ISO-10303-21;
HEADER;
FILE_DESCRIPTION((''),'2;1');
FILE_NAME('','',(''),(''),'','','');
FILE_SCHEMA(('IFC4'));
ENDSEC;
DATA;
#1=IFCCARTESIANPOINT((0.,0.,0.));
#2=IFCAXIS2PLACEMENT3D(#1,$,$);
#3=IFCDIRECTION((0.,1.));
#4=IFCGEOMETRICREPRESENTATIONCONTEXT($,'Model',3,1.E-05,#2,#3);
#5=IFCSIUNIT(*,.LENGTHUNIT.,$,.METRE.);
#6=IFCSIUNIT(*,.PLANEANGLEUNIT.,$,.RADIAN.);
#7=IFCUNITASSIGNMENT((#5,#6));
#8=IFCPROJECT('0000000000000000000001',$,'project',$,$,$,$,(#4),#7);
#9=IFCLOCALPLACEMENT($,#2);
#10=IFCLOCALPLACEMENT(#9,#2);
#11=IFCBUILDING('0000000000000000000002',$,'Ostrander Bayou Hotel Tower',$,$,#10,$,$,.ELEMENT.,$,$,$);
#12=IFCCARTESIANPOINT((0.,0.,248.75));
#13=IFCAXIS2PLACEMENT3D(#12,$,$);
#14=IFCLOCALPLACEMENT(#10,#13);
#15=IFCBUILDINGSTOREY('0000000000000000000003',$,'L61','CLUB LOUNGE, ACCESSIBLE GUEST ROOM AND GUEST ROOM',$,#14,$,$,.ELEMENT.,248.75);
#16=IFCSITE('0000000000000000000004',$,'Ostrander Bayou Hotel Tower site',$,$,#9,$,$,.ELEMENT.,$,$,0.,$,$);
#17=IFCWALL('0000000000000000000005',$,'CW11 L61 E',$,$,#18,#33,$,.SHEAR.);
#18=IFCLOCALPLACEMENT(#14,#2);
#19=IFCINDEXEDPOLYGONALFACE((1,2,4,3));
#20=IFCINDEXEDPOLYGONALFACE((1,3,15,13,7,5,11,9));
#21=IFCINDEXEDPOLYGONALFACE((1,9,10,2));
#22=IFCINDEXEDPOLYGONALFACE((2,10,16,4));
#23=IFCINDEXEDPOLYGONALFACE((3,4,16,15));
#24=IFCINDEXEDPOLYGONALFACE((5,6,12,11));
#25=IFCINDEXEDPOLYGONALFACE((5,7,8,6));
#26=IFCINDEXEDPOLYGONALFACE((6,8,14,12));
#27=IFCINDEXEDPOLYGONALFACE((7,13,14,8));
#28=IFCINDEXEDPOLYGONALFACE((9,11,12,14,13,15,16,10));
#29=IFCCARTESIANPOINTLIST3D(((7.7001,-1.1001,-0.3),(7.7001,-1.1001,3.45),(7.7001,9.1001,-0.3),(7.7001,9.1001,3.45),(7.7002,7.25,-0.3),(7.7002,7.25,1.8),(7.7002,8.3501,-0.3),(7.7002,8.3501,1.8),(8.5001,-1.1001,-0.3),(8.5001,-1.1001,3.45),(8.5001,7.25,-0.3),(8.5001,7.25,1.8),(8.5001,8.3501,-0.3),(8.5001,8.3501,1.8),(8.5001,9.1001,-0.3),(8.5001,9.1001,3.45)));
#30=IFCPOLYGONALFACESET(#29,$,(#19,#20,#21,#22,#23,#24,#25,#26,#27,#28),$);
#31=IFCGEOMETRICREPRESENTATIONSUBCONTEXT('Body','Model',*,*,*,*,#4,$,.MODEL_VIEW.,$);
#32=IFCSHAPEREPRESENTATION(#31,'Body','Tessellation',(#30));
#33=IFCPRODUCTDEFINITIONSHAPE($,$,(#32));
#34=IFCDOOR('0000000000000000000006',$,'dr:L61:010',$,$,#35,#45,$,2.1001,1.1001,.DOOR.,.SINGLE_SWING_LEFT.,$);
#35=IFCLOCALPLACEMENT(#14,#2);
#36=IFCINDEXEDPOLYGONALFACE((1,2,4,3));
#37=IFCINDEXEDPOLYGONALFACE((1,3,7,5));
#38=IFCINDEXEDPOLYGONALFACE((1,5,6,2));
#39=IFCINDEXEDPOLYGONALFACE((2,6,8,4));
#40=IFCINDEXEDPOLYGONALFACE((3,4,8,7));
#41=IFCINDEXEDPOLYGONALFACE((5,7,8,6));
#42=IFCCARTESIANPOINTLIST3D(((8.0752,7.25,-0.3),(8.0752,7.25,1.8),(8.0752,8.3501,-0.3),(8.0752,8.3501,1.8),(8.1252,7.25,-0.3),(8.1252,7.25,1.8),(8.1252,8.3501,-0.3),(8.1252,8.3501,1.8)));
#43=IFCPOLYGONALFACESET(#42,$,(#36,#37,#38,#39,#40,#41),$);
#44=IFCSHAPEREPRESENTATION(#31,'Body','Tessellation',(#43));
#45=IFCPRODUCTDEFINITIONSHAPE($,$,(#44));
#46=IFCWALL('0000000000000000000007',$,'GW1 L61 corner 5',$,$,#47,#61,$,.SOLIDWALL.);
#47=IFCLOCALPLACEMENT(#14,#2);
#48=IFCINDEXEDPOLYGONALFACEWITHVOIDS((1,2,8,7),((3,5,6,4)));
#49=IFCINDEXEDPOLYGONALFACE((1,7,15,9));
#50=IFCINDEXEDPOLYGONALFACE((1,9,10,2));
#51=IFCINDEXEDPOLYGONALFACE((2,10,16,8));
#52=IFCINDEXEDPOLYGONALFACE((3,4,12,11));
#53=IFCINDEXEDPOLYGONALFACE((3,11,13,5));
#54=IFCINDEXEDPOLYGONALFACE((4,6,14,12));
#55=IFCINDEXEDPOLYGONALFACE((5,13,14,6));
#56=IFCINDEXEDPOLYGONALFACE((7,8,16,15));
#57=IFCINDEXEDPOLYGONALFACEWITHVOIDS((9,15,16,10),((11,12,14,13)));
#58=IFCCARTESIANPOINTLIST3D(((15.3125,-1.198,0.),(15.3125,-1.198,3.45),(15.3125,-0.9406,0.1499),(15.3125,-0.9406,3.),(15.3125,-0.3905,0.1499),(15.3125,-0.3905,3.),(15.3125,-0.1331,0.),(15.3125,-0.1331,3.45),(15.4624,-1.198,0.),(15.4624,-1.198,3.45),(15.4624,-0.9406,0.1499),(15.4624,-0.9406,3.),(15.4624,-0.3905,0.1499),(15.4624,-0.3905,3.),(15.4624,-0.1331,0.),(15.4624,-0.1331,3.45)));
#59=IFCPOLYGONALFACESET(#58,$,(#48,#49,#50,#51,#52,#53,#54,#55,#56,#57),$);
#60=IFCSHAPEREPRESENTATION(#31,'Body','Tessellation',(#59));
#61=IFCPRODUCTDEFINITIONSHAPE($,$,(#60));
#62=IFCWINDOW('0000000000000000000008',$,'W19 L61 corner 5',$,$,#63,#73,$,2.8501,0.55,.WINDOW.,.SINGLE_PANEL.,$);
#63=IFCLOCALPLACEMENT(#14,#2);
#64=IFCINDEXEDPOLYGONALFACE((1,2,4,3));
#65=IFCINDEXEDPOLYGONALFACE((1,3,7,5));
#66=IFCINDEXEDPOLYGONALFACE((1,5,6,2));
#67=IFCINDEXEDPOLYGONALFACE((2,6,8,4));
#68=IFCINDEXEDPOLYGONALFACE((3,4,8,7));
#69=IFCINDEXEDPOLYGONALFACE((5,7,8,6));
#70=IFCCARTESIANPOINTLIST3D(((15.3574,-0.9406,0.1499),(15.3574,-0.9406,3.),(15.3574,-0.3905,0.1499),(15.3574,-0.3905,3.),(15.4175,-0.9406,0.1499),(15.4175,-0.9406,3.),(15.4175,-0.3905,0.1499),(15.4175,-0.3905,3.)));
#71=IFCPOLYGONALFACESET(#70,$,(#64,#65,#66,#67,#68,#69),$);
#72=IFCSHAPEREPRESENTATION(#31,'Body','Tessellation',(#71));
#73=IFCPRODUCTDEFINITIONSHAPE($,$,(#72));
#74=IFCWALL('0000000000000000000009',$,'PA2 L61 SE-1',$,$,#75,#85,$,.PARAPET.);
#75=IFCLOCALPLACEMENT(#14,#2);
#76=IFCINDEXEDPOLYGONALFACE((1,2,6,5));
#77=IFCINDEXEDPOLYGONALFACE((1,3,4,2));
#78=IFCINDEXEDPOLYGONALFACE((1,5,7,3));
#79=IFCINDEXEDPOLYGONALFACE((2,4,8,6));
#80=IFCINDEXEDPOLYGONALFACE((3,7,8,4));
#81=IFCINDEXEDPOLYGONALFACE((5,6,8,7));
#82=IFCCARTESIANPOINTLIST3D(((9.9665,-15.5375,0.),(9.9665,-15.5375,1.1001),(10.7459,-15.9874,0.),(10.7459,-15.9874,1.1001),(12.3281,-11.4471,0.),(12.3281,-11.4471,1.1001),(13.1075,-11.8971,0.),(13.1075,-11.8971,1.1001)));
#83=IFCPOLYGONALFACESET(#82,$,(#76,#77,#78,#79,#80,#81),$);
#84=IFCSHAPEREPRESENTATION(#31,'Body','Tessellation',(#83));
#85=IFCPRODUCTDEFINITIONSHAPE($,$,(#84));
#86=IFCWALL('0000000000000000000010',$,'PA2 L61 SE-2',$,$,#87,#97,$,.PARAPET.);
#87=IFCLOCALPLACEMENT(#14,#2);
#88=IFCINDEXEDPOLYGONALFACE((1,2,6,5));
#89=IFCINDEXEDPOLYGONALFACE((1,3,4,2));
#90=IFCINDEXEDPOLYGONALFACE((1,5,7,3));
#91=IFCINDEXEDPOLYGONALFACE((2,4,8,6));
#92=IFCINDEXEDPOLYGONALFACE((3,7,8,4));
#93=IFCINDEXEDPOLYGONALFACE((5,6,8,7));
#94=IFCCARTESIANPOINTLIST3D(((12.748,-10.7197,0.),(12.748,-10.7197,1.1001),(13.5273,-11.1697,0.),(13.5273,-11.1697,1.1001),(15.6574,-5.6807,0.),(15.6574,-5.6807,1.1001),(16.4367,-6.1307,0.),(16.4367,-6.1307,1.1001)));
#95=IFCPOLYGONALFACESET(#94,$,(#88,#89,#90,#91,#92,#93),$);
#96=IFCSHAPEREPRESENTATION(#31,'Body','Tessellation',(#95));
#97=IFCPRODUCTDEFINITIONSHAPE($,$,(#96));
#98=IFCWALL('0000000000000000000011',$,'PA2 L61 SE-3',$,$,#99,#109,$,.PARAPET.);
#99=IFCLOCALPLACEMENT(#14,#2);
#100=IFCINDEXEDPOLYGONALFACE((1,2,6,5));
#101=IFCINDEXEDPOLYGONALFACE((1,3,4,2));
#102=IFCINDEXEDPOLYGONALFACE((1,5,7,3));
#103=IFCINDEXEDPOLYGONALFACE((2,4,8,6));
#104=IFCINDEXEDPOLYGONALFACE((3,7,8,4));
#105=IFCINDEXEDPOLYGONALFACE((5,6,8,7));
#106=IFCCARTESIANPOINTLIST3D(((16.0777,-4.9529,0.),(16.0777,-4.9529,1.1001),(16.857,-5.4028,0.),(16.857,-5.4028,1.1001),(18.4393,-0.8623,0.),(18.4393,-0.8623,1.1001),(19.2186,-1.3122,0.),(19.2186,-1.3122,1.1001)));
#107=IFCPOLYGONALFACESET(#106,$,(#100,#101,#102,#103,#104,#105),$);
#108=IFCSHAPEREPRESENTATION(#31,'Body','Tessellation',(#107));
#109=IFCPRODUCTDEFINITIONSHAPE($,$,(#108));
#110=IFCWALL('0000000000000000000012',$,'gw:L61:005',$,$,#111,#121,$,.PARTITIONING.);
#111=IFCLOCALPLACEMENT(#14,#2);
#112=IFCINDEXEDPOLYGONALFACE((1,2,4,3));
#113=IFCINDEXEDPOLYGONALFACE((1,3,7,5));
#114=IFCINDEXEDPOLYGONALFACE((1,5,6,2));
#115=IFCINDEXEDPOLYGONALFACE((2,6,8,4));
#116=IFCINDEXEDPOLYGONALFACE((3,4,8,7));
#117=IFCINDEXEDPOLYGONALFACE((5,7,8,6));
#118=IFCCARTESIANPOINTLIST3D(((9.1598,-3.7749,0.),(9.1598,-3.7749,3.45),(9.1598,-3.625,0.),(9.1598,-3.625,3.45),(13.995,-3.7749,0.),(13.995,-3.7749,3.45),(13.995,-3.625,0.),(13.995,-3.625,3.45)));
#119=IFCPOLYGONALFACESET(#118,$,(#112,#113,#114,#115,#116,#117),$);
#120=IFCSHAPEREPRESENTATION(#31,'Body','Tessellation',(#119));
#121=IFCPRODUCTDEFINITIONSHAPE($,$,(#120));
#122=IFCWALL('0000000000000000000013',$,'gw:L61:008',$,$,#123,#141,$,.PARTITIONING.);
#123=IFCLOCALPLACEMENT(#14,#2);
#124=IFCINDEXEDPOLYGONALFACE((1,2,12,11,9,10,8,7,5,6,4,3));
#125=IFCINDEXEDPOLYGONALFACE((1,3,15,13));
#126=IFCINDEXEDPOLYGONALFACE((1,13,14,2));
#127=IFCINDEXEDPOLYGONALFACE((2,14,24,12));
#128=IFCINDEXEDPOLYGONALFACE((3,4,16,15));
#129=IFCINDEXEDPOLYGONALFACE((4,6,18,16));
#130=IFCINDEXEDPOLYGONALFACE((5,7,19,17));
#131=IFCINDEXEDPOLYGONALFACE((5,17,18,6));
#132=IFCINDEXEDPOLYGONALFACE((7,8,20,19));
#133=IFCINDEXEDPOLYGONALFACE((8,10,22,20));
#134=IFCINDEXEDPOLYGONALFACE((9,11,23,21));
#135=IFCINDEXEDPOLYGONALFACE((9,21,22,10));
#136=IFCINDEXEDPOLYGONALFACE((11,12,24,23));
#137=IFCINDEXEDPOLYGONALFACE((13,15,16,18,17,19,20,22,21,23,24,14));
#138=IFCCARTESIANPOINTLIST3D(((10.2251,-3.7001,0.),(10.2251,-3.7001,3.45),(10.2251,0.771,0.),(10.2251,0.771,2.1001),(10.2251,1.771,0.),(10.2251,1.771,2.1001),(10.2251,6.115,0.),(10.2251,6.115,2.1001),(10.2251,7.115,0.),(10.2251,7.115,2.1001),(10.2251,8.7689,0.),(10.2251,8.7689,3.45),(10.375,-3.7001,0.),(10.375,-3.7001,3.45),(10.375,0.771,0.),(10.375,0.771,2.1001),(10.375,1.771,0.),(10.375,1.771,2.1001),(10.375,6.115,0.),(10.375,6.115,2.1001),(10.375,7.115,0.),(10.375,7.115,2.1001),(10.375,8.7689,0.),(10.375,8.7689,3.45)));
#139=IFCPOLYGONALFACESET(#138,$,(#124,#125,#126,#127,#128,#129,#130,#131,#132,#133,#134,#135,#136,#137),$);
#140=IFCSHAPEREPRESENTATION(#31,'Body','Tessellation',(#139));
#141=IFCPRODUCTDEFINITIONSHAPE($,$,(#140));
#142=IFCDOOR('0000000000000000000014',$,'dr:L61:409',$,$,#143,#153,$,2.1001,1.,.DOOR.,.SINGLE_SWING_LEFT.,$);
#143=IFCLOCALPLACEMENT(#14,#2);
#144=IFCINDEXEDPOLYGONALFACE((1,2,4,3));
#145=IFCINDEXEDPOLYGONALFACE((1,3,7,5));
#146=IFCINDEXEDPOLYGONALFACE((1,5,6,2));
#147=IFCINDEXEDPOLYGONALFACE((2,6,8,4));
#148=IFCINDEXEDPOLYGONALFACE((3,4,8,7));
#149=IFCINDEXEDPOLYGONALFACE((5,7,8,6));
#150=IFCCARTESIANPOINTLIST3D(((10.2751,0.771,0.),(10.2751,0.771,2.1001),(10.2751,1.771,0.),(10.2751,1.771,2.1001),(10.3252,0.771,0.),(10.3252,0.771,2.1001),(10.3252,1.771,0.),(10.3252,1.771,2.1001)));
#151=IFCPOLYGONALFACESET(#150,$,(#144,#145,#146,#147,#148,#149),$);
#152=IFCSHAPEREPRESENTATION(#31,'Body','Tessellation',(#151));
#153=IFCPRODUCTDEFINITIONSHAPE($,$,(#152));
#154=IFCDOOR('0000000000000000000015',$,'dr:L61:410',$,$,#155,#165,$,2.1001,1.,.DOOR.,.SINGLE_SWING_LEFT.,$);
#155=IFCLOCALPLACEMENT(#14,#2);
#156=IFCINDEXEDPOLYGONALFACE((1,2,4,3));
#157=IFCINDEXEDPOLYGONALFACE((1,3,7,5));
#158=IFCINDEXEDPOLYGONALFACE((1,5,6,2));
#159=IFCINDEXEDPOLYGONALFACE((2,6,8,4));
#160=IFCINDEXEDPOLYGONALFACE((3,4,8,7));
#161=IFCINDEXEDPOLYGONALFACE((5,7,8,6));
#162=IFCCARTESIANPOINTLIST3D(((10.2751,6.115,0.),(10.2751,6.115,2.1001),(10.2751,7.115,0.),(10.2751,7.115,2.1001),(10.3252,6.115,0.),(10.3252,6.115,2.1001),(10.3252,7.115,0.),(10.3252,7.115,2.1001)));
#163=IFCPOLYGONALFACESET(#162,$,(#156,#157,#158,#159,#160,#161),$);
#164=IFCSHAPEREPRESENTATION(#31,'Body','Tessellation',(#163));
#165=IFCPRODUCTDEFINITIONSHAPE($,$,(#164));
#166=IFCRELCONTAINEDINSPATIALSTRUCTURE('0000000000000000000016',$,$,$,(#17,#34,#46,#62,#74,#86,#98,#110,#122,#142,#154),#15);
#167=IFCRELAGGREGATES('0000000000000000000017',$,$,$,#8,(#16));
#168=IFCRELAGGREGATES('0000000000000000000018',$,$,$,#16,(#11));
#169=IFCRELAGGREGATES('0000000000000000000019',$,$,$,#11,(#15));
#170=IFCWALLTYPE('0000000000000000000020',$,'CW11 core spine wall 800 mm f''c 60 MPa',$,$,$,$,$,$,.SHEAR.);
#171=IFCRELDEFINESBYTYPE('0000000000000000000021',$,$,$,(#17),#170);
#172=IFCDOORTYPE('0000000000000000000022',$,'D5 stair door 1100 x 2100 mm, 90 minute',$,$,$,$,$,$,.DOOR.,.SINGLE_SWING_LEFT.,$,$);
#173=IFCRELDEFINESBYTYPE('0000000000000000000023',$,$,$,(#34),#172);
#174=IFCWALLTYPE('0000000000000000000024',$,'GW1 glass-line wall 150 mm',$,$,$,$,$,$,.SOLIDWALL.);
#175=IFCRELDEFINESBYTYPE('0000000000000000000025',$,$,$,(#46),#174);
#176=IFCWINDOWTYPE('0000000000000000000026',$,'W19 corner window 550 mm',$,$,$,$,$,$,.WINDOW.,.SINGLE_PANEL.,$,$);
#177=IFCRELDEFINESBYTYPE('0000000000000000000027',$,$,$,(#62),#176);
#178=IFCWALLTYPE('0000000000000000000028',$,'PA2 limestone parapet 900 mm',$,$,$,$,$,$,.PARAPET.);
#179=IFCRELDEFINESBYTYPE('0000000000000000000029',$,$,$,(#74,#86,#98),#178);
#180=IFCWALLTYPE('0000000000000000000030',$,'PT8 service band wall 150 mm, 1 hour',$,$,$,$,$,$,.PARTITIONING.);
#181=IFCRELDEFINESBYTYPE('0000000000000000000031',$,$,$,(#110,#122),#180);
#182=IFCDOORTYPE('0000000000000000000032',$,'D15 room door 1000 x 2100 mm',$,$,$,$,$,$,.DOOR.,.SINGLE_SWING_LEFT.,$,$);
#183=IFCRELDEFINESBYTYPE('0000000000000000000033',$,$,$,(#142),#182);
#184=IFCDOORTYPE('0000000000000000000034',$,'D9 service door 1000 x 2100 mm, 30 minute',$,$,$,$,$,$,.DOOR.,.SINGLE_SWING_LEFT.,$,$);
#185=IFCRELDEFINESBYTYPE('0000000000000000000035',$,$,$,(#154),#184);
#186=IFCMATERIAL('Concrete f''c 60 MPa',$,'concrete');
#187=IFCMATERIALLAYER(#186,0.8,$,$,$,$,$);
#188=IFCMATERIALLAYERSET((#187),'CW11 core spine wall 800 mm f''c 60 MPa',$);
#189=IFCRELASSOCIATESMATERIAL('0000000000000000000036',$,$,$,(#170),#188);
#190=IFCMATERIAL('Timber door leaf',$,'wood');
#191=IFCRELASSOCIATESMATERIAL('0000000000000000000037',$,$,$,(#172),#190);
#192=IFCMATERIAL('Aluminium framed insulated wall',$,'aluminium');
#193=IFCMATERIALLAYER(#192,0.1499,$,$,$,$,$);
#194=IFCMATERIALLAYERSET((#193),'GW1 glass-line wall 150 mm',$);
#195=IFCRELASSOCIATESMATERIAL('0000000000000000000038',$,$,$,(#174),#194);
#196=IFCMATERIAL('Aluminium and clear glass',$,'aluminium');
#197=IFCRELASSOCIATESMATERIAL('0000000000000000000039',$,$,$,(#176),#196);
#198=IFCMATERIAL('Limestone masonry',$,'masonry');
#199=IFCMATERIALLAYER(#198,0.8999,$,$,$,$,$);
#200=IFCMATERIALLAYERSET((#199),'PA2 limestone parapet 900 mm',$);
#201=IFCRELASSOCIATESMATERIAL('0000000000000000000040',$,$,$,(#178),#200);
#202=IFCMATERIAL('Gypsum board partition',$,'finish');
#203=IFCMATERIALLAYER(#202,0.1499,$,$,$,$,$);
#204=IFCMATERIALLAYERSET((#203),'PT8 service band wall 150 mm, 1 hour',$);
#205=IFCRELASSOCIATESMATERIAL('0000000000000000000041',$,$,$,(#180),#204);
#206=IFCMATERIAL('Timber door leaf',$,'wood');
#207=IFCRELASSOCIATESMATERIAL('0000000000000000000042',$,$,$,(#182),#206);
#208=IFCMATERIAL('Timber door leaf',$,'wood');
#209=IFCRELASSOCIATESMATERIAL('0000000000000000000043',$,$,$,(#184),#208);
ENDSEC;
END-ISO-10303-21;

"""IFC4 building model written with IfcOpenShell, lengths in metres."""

from ifc_helpers import new_model, si_unit, direction, frame, frame_2d, origin, place, context, subcontext, project, spatial, rectangle, extrude, material, layer, layer_set, type_object, element, fill, save


model = new_model("IFC4")

# Units and contexts
model_context = context("Model", 3, precision=1e-05, world=origin(), true_north=direction((0.0, 1.0)))
body_context = subcontext(model_context, "Body", "Model", "MODEL_VIEW")
ifc_project = project(units=[si_unit("LENGTHUNIT", "METRE"), si_unit("PLANEANGLEUNIT", "RADIAN")], contexts=[model_context])

# Site, building, storey
site_placement = place(None, origin())
site = spatial("IfcSite", under=ifc_project, at=site_placement, Name="Ostrander Bayou Hotel Tower site", CompositionType="ELEMENT", RefElevation=0.0)
building_placement = place(site_placement, origin())
building = spatial("IfcBuilding", under=site, at=building_placement, Name="Ostrander Bayou Hotel Tower", CompositionType="ELEMENT")
storey_placement = place(building_placement, frame((0.0, 0.0, 248.75)))
storey = spatial("IfcBuildingStorey", under=building, at=storey_placement, Name="L61", Description="CLUB LOUNGE, ACCESSIBLE GUEST ROOM AND GUEST ROOM", CompositionType="ELEMENT", Elevation=248.75)

# Wall, opening, door
ifc_material_1 = material(Name="Concrete f'c 60 MPa", Category="concrete")
ifc_layer_1 = layer(ifc_material_1, 0.8)
ifc_layer_set_1 = layer_set([ifc_layer_1], Name="CW11 core spine wall 800 mm f'c 60 MPa")
wall_type_1 = type_object("IfcWallType", Name="CW11 core spine wall 800 mm f'c 60 MPa", PredefinedType="SHEAR", material=ifc_layer_set_1)
wall_1_placement = place(storey_placement, frame((8.1001, -1.1001, -0.3), z_axis=(0.0, 0.0, 1.0), x_axis=(0.0, 1.0, 0.0)))
wall_1 = element("IfcWall", 1, at=wall_1_placement, inside=storey, type_object=wall_type_1, Name="CW11 L61 E", PredefinedType="SHEAR", context=body_context, shape_type="SweptSolid", body=[
    extrude(rectangle(XDim=10.2002, YDim=0.8, at=frame_2d((5.1001, 0.0))), origin(), (0.0, 0.0, 1.0), 3.75),
])
opening_1_placement = place(wall_1_placement, frame((8.3501, 0.0, 0.0)))
opening_1 = element("IfcOpeningElement", 2, at=opening_1_placement, cuts=wall_1, PredefinedType="OPENING", context=body_context, shape_type="SweptSolid", body=[
    extrude(rectangle(XDim=1.1001, YDim=2.1001, at=frame_2d((0.55, 1.05))), frame((0.0, 0.3999, 0.0), z_axis=(0.0, -1.0, 0.0), x_axis=(1.0, 0.0, 0.0)), (0.0, 0.0, 1.0), 0.8),
])
ifc_material_2 = material(Name="Timber door leaf", Category="wood")
door_type_1 = type_object("IfcDoorType", Name="D5 stair door 1100 x 2100 mm, 90 minute", OperationType="SINGLE_SWING_LEFT", PredefinedType="DOOR", material=ifc_material_2)
door_1_placement = place(opening_1_placement, origin())
door_1 = element("IfcDoor", 3, at=door_1_placement, inside=storey, type_object=door_type_1, Name="dr:L61:010", OperationType="SINGLE_SWING_LEFT", OverallHeight=2.1001, OverallWidth=1.1001, PredefinedType="DOOR", context=body_context, shape_type="SweptSolid", body=[
    extrude(rectangle(XDim=1.1001, YDim=2.1001, at=frame_2d((0.55, 1.05))), frame((0.0, 0.0249, 0.0), z_axis=(0.0, -1.0, 0.0), x_axis=(1.0, 0.0, 0.0)), (0.0, 0.0, 1.0), 0.05),
])
fill(opening_1, door_1)

# Shared definitions
ifc_material_3 = material(Name="Aluminium framed insulated wall", Category="aluminium")
ifc_layer_2 = layer(ifc_material_3, 0.1499)
ifc_layer_set_2 = layer_set([ifc_layer_2], Name="GW1 glass-line wall 150 mm")
wall_type_2 = type_object("IfcWallType", Name="GW1 glass-line wall 150 mm", PredefinedType="SOLIDWALL", material=ifc_layer_set_2)

# Wall, opening, window
wall_2_placement = place(storey_placement, frame((15.3875, -1.198, 0.0), z_axis=(0.0, 0.0, 1.0), x_axis=(0.0, 1.0, 0.0)))
wall_2 = element("IfcWall", 4, at=wall_2_placement, inside=storey, type_object=wall_type_2, Name="GW1 L61 corner 5", PredefinedType="SOLIDWALL", context=body_context, shape_type="SweptSolid", body=[
    extrude(rectangle(XDim=1.0649, YDim=0.1499, at=frame_2d((0.5325, 0.0))), origin(), (0.0, 0.0, 1.0), 3.45),
])
opening_2_placement = place(wall_2_placement, frame((0.2576, 0.0, 0.1499)))
opening_2 = element("IfcOpeningElement", 5, at=opening_2_placement, cuts=wall_2, PredefinedType="OPENING", context=body_context, shape_type="SweptSolid", body=[
    extrude(rectangle(XDim=0.55, YDim=2.8501, at=frame_2d((0.2749, 1.425))), frame((0.0, 0.075, 0.0), z_axis=(0.0, -1.0, 0.0), x_axis=(1.0, 0.0, 0.0)), (0.0, 0.0, 1.0), 0.1499),
])
ifc_material_4 = material(Name="Aluminium and clear glass", Category="aluminium")
window_type_1 = type_object("IfcWindowType", Name="W19 corner window 550 mm", PartitioningType="SINGLE_PANEL", PredefinedType="WINDOW", material=ifc_material_4)
window_1_placement = place(opening_2_placement, origin())
window_1 = element("IfcWindow", 6, at=window_1_placement, inside=storey, type_object=window_type_1, Name="W19 L61 corner 5", OverallHeight=2.8501, OverallWidth=0.55, PartitioningType="SINGLE_PANEL", PredefinedType="WINDOW", context=body_context, shape_type="SweptSolid", body=[
    extrude(rectangle(XDim=0.55, YDim=2.8501, at=frame_2d((0.2749, 1.425))), frame((0.0, 0.03, 0.0), z_axis=(0.0, -1.0, 0.0), x_axis=(1.0, 0.0, 0.0)), (0.0, 0.0, 1.0), 0.0601),
])
fill(opening_2, window_1)

# Walls
ifc_material_5 = material(Name="Limestone masonry", Category="masonry")
ifc_layer_3 = layer(ifc_material_5, 0.8999)
ifc_layer_set_3 = layer_set([ifc_layer_3], Name="PA2 limestone parapet 900 mm")
wall_type_3 = type_object("IfcWallType", Name="PA2 limestone parapet 900 mm", PredefinedType="PARAPET", material=ifc_layer_set_3)
wall_3_placement = place(storey_placement, frame((10.3562, -15.7625, 0.0), z_axis=(0.0, 0.0, 1.0), x_axis=(0.500003, 0.866024, 0.0)))
element("IfcWall", 7, at=wall_3_placement, inside=storey, type_object=wall_type_3, Name="PA2 L61 SE-1", PredefinedType="PARAPET", context=body_context, shape_type="SweptSolid", body=[
    extrude(rectangle(XDim=4.7231, YDim=0.8999, at=frame_2d((2.3616, 0.0))), origin(), (0.0, 0.0, 1.0), 1.1001),
])
wall_4_placement = place(storey_placement, frame((13.1377, -10.9446, 0.0), z_axis=(0.0, 0.0, 1.0), x_axis=(0.500015, 0.866016, 0.0)))
element("IfcWall", 8, at=wall_4_placement, inside=storey, type_object=wall_type_3, Name="PA2 L61 SE-2", PredefinedType="PARAPET", context=body_context, shape_type="SweptSolid", body=[
    extrude(rectangle(XDim=5.8186, YDim=0.8999, at=frame_2d((2.9092, 0.0))), origin(), (0.0, 0.0, 1.0), 1.1001),
])
wall_5_placement = place(storey_placement, frame((16.4673, -5.178, 0.0), z_axis=(0.0, 0.0, 1.0), x_axis=(0.49998, 0.866037, 0.0)))
element("IfcWall", 9, at=wall_5_placement, inside=storey, type_object=wall_type_3, Name="PA2 L61 SE-3", PredefinedType="PARAPET", context=body_context, shape_type="SweptSolid", body=[
    extrude(rectangle(XDim=4.7234, YDim=0.8999, at=frame_2d((2.3618, 0.0))), origin(), (0.0, 0.0, 1.0), 1.1001),
])
ifc_material_6 = material(Name="Gypsum board partition", Category="finish")
ifc_layer_4 = layer(ifc_material_6, 0.1499)
ifc_layer_set_4 = layer_set([ifc_layer_4], Name="PT8 service band wall 150 mm, 1 hour")
wall_type_4 = type_object("IfcWallType", Name="PT8 service band wall 150 mm, 1 hour", PredefinedType="PARTITIONING", material=ifc_layer_set_4)
wall_6_placement = place(storey_placement, frame((9.1599, -3.7, 0.0), z_axis=(0.0, 0.0, 1.0), x_axis=(1.0, 0.0, 0.0)))
element("IfcWall", 10, at=wall_6_placement, inside=storey, type_object=wall_type_4, Name="gw:L61:005", PredefinedType="PARTITIONING", context=body_context, shape_type="SweptSolid", body=[
    extrude(rectangle(XDim=4.8352, YDim=0.1499, at=frame_2d((2.4175, 0.0))), origin(), (0.0, 0.0, 1.0), 3.45),
])

# Wall, openings, doors
wall_7_placement = place(storey_placement, frame((10.3, -3.7, 0.0), z_axis=(0.0, 0.0, 1.0), x_axis=(0.0, 1.0, 0.0)))
wall_7 = element("IfcWall", 11, at=wall_7_placement, inside=storey, type_object=wall_type_4, Name="gw:L61:008", PredefinedType="PARTITIONING", context=body_context, shape_type="SweptSolid", body=[
    extrude(rectangle(XDim=12.469, YDim=0.1499, at=frame_2d((6.2344, 0.0))), origin(), (0.0, 0.0, 1.0), 3.45),
])
opening_3_placement = place(wall_7_placement, frame((4.4709, 0.0, 0.0)))
opening_3 = element("IfcOpeningElement", 12, at=opening_3_placement, cuts=wall_7, PredefinedType="OPENING", context=body_context, shape_type="SweptSolid", body=[
    extrude(rectangle(XDim=1.0, YDim=2.1001, at=frame_2d((0.5, 1.05))), frame((0.0, 0.075, 0.0), z_axis=(0.0, -1.0, 0.0), x_axis=(1.0, 0.0, 0.0)), (0.0, 0.0, 1.0), 0.1499),
])
opening_4_placement = place(wall_7_placement, frame((9.8149, 0.0, 0.0)))
opening_4 = element("IfcOpeningElement", 13, at=opening_4_placement, cuts=wall_7, PredefinedType="OPENING", context=body_context, shape_type="SweptSolid", body=[
    extrude(rectangle(XDim=1.0, YDim=2.1001, at=frame_2d((0.5, 1.05))), frame((0.0, 0.075, 0.0), z_axis=(0.0, -1.0, 0.0), x_axis=(1.0, 0.0, 0.0)), (0.0, 0.0, 1.0), 0.1499),
])
ifc_material_7 = material(Name="Timber door leaf", Category="wood")
door_type_2 = type_object("IfcDoorType", Name="D15 room door 1000 x 2100 mm", OperationType="SINGLE_SWING_LEFT", PredefinedType="DOOR", material=ifc_material_7)
door_2_placement = place(opening_3_placement, origin())
door_2 = element("IfcDoor", 14, at=door_2_placement, inside=storey, type_object=door_type_2, Name="dr:L61:409", OperationType="SINGLE_SWING_LEFT", OverallHeight=2.1001, OverallWidth=1.0, PredefinedType="DOOR", context=body_context, shape_type="SweptSolid", body=[
    extrude(rectangle(XDim=1.0, YDim=2.1001, at=frame_2d((0.5, 1.05))), frame((0.0, 0.0249, 0.0), z_axis=(0.0, -1.0, 0.0), x_axis=(1.0, 0.0, 0.0)), (0.0, 0.0, 1.0), 0.05),
])
fill(opening_3, door_2)
ifc_material_8 = material(Name="Timber door leaf", Category="wood")
door_type_3 = type_object("IfcDoorType", Name="D9 service door 1000 x 2100 mm, 30 minute", OperationType="SINGLE_SWING_LEFT", PredefinedType="DOOR", material=ifc_material_8)
door_3_placement = place(opening_4_placement, origin())
door_3 = element("IfcDoor", 15, at=door_3_placement, inside=storey, type_object=door_type_3, Name="dr:L61:410", OperationType="SINGLE_SWING_LEFT", OverallHeight=2.1001, OverallWidth=1.0, PredefinedType="DOOR", context=body_context, shape_type="SweptSolid", body=[
    extrude(rectangle(XDim=1.0, YDim=2.1001, at=frame_2d((0.5, 1.05))), frame((0.0, 0.0249, 0.0), z_axis=(0.0, -1.0, 0.0), x_axis=(1.0, 0.0, 0.0)), (0.0, 0.0, 1.0), 0.05),
])
fill(opening_4, door_3)

save(model, "model.ifc")
